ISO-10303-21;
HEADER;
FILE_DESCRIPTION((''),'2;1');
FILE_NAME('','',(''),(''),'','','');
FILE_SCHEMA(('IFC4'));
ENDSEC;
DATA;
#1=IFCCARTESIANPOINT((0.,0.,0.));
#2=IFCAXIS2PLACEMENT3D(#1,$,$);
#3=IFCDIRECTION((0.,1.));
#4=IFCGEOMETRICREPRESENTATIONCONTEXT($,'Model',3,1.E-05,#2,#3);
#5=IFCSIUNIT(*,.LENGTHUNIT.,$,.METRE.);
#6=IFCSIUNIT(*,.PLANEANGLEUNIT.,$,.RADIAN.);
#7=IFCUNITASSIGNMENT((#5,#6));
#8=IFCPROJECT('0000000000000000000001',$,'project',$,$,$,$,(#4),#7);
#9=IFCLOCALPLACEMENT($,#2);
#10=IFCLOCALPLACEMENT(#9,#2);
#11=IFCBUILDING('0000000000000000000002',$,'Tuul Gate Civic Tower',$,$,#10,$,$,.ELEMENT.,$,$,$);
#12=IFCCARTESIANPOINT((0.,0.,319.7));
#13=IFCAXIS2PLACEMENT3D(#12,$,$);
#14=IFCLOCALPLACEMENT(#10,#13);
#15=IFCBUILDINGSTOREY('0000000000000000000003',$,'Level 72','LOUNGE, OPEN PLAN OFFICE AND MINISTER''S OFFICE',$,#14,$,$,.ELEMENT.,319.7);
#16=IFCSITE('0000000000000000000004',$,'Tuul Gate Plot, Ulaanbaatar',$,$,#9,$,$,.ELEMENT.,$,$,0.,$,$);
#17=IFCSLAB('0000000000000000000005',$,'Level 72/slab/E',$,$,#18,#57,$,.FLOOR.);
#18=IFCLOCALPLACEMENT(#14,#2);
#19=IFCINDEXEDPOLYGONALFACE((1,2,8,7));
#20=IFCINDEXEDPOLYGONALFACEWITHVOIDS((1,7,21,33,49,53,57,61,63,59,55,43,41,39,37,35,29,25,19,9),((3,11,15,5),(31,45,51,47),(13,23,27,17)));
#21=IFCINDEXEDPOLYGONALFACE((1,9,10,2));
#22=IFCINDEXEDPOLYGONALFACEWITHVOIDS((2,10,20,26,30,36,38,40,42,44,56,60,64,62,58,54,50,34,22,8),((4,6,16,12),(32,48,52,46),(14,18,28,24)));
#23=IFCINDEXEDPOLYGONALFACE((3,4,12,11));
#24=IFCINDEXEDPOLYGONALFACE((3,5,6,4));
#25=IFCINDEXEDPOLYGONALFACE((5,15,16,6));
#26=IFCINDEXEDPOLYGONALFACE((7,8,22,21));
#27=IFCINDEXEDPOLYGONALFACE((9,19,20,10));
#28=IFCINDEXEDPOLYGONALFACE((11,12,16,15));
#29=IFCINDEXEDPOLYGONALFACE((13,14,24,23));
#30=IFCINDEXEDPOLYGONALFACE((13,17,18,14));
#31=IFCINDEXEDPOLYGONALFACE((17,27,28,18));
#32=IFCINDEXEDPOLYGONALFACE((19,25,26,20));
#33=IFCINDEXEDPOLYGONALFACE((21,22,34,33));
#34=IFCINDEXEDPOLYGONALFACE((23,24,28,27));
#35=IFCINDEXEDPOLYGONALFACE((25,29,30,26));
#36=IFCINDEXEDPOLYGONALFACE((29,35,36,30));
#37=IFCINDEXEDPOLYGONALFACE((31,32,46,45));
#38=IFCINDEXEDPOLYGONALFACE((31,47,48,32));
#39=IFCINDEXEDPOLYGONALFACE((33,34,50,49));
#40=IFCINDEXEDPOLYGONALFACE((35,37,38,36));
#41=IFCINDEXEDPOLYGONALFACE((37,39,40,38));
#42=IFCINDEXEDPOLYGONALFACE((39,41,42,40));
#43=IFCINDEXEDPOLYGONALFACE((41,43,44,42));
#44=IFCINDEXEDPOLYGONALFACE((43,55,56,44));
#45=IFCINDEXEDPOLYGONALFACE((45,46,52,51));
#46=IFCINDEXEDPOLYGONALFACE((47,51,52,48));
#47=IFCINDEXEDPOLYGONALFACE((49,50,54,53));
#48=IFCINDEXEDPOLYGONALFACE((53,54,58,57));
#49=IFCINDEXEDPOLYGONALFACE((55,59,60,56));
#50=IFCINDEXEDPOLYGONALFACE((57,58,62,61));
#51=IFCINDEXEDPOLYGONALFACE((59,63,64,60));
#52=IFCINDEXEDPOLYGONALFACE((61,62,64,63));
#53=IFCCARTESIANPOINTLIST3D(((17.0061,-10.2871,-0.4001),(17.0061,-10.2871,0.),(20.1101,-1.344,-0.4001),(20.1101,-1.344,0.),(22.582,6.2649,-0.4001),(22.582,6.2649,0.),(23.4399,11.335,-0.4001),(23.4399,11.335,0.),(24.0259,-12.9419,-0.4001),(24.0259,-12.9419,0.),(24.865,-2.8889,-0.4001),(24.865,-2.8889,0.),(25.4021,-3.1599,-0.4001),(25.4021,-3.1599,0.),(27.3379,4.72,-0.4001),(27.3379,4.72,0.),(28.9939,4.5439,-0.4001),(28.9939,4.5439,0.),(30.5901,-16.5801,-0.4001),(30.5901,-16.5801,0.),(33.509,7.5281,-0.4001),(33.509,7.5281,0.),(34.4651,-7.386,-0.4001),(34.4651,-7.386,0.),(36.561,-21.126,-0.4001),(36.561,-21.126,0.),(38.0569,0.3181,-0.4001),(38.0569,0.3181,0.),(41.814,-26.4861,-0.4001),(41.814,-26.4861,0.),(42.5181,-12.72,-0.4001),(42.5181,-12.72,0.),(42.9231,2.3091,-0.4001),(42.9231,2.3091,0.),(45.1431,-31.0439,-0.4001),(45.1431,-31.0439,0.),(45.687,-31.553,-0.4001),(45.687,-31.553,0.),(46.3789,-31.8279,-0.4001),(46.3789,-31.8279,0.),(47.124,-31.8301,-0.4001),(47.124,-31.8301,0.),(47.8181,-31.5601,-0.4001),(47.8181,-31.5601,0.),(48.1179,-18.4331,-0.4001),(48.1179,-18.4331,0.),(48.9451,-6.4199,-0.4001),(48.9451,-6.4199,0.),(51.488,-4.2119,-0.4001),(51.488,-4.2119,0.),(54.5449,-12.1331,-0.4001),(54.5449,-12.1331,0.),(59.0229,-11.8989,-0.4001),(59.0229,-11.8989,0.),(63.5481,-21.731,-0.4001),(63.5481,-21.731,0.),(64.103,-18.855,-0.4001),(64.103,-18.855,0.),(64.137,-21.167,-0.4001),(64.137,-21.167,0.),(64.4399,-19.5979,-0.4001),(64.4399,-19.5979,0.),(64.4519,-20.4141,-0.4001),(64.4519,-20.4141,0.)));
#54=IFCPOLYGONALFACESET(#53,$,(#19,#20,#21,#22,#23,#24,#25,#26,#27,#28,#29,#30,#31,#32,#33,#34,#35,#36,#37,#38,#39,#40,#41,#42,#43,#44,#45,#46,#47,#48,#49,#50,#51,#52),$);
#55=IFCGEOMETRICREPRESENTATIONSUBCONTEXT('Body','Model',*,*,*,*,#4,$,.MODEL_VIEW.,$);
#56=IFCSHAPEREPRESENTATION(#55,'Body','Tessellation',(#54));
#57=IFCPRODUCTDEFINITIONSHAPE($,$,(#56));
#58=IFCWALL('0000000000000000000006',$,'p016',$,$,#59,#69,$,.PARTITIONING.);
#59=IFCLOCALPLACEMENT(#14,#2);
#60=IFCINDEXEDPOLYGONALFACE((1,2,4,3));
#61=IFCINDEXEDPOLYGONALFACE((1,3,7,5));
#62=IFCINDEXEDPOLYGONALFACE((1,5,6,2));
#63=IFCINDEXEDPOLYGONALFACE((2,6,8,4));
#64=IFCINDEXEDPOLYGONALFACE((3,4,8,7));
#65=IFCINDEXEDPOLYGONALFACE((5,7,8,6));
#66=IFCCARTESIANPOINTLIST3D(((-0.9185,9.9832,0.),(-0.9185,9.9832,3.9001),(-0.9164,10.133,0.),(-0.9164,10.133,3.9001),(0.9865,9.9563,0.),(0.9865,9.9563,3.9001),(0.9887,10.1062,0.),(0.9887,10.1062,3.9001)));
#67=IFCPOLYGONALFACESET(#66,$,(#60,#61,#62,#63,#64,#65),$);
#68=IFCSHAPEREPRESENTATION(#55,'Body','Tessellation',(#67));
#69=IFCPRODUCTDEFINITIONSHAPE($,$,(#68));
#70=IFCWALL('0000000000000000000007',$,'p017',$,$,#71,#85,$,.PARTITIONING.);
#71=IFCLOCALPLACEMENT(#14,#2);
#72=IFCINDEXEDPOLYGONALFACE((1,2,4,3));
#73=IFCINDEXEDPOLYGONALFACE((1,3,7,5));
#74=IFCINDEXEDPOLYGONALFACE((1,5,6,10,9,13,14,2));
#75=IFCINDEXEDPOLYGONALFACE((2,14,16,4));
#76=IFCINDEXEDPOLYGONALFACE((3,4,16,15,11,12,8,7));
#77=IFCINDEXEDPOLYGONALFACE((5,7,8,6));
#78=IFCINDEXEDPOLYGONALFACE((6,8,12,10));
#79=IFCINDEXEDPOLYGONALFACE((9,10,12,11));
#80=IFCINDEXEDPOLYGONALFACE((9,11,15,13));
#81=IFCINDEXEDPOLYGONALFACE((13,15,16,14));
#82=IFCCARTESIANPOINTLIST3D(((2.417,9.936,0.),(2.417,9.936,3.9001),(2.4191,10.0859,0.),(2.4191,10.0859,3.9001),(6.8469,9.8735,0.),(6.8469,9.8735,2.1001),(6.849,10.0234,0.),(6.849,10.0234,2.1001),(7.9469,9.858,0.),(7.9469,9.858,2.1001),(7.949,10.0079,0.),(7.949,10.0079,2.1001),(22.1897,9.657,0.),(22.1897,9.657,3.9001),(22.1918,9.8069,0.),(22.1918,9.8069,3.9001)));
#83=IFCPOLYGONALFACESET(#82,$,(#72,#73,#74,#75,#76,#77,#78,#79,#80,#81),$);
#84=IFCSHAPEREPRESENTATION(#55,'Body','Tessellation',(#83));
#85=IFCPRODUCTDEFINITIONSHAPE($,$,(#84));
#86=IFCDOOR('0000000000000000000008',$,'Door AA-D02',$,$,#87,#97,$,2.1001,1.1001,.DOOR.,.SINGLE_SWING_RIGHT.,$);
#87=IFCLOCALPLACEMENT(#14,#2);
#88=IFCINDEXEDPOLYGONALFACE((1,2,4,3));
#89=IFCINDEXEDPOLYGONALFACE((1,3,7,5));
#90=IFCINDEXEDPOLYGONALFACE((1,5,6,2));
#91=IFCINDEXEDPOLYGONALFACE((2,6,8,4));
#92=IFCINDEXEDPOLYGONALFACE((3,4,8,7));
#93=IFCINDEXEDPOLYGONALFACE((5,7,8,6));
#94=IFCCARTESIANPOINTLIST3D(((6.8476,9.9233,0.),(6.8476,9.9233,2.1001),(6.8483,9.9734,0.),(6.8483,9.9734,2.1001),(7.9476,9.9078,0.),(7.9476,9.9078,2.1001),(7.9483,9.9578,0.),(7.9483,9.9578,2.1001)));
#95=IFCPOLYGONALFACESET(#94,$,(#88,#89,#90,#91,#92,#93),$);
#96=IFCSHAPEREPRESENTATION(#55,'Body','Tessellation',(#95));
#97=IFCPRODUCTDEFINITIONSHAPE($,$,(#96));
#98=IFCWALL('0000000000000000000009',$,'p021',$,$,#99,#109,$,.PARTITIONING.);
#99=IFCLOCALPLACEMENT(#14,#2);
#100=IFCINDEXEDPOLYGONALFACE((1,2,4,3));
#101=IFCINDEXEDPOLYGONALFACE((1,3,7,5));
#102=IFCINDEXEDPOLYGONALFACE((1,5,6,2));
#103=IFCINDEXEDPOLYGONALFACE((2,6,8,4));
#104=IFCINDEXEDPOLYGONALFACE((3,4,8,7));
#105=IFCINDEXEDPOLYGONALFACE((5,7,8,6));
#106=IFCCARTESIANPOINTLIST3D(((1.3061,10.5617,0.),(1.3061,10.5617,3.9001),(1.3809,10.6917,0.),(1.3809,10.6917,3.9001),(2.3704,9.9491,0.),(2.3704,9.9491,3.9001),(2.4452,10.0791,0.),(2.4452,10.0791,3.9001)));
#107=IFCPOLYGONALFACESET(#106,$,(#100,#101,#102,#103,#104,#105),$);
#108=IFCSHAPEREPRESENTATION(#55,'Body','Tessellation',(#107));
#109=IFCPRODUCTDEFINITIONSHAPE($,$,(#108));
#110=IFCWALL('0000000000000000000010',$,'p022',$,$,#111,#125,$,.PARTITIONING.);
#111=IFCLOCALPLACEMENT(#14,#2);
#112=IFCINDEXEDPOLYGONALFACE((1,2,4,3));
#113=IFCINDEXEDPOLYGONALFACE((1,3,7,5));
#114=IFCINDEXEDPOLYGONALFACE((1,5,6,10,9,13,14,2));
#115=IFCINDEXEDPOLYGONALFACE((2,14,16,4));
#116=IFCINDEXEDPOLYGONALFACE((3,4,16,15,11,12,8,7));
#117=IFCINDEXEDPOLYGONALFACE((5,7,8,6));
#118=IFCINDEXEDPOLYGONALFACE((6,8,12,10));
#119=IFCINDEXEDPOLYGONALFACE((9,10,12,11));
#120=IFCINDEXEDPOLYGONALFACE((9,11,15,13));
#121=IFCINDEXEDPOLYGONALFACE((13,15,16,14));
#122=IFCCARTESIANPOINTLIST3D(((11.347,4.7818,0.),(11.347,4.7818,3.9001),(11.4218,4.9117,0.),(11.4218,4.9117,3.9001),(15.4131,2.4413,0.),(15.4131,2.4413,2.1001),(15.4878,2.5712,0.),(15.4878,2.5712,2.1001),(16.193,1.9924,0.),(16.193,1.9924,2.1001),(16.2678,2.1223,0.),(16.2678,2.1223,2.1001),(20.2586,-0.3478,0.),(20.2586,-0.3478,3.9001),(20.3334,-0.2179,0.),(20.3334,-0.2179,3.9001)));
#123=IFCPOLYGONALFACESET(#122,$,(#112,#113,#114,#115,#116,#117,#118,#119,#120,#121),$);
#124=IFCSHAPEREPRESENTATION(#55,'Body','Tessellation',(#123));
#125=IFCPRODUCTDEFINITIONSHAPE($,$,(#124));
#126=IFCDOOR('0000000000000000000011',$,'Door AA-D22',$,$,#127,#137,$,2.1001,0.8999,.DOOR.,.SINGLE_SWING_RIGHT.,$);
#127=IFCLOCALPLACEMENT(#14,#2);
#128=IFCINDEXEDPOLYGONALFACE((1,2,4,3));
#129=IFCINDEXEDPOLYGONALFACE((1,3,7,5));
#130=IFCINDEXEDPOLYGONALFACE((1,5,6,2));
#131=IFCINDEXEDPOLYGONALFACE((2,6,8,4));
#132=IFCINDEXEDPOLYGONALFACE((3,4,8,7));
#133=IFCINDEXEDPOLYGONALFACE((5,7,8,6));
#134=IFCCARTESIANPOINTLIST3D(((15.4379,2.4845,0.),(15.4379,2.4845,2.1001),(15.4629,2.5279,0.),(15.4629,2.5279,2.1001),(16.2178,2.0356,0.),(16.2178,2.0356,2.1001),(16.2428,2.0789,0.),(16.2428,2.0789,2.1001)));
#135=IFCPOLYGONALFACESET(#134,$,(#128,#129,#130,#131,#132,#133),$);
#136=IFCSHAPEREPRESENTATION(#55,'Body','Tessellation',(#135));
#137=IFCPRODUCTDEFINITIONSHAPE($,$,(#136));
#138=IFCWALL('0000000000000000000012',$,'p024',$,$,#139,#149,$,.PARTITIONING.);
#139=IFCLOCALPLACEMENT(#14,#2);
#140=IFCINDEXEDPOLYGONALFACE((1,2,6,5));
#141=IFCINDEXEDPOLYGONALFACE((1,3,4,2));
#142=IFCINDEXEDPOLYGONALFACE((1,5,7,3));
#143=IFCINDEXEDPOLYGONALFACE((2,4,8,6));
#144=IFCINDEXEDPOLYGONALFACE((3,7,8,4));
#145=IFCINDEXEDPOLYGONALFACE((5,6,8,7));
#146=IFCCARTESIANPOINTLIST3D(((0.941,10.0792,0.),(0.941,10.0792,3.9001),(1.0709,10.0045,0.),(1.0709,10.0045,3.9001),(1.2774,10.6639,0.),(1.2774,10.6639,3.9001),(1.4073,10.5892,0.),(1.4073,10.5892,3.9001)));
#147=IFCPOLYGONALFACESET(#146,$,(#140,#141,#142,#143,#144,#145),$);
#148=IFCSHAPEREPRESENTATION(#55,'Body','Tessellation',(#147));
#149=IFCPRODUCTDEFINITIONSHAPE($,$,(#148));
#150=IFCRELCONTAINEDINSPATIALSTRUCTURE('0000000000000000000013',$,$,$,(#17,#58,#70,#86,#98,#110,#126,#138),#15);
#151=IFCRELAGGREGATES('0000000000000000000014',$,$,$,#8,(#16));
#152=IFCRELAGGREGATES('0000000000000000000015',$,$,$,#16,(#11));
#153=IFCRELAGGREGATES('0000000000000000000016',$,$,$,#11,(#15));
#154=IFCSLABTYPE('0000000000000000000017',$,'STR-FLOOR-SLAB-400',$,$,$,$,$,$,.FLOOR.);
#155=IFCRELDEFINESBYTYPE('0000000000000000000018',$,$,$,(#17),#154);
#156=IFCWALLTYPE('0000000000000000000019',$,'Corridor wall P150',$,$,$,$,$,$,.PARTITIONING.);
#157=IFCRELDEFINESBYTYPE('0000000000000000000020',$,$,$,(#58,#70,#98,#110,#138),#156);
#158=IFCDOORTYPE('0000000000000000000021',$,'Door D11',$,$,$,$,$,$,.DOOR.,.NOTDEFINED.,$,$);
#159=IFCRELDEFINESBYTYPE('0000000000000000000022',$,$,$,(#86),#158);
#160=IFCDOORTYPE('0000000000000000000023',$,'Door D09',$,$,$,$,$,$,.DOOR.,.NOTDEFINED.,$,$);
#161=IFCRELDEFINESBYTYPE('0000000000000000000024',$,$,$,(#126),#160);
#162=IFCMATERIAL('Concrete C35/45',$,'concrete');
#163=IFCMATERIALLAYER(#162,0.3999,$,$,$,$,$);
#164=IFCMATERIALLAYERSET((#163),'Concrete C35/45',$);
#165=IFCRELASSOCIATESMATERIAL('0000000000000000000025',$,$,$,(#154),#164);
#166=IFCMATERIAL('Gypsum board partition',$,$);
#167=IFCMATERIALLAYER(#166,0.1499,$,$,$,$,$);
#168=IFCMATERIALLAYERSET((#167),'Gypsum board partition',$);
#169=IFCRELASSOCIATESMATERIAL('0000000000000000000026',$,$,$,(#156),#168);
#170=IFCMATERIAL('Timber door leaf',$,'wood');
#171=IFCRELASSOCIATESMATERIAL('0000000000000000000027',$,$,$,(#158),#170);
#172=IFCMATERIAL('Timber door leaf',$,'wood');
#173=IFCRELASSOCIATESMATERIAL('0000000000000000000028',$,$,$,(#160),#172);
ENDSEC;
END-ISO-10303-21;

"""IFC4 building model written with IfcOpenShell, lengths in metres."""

from ifc_helpers import new_model, si_unit, direction, frame, frame_2d, origin, place, context, subcontext, project, spatial, polyline, rectangle, outline, extrude, material, layer, layer_set, type_object, element, fill, save


model = new_model("IFC4")

# Units and contexts
model_context = context("Model", 3, precision=1e-05, world=origin(), true_north=direction((0.0, 1.0)))
body_context = subcontext(model_context, "Body", "Model", "MODEL_VIEW")
ifc_project = project(units=[si_unit("LENGTHUNIT", "METRE"), si_unit("PLANEANGLEUNIT", "RADIAN")], contexts=[model_context])

# Site, building, storey
site_placement = place(None, origin())
site = spatial("IfcSite", under=ifc_project, at=site_placement, Name="Tuul Gate Plot, Ulaanbaatar", CompositionType="ELEMENT", RefElevation=0.0)
building_placement = place(site_placement, origin())
building = spatial("IfcBuilding", under=site, at=building_placement, Name="Tuul Gate Civic Tower", CompositionType="ELEMENT")
storey_placement = place(building_placement, frame((0.0, 0.0, 319.7)))
storey = spatial("IfcBuildingStorey", under=building, at=storey_placement, Name="Level 72", Description="LOUNGE, OPEN PLAN OFFICE AND MINISTER'S OFFICE", CompositionType="ELEMENT", Elevation=319.7)

# Slab
ifc_material_1 = material(Name="Concrete C35/45", Category="concrete")
ifc_layer_1 = layer(ifc_material_1, 0.3999)
ifc_layer_set_1 = layer_set([ifc_layer_1], Name="Concrete C35/45")
slab_type_1 = type_object("IfcSlabType", Name="STR-FLOOR-SLAB-400", PredefinedType="FLOOR", material=ifc_layer_set_1)
slab_1_placement = place(storey_placement, frame((0.0, 0.0, -0.4001)))
element("IfcSlab", 1, at=slab_1_placement, inside=storey, type_object=slab_type_1, Name="Level 72/slab/E", PredefinedType="FLOOR", context=body_context, shape_type="SweptSolid", body=[
    extrude(outline(polyline([(47.124, -31.8301), (47.8181, -31.5601), (63.5481, -21.731), (64.137, -21.167), (64.4519, -20.4141), (64.4399, -19.5979), (64.103, -18.855), (59.0229, -11.8989), (51.488, -4.2119), (42.9231, 2.3091), (33.509, 7.5281), (23.4399, 11.335), (17.0061, -10.2871), (24.0259, -12.9419), (30.5901, -16.5801), (36.561, -21.126), (41.814, -26.4861), (45.1431, -31.0439), (45.687, -31.553), (46.3789, -31.8279), (47.124, -31.8301)]), holes=[polyline([(48.1179, -18.4331), (42.5181, -12.72), (48.9451, -6.4199), (54.5449, -12.1331), (48.1179, -18.4331)]), polyline([(25.4021, -3.1599), (28.9939, 4.5439), (38.0569, 0.3181), (34.4651, -7.386), (25.4021, -3.1599)]), polyline([(20.1101, -1.344), (22.582, 6.2649), (27.3379, 4.72), (24.865, -2.8889), (20.1101, -1.344)])]), origin(), (0.0, 0.0, 1.0), 0.4001),
])

# Wall
ifc_material_2 = material(Name="Gypsum board partition")
ifc_layer_2 = layer(ifc_material_2, 0.1499)
ifc_layer_set_2 = layer_set([ifc_layer_2], Name="Gypsum board partition")
wall_type_1 = type_object("IfcWallType", Name="Corridor wall P150", PredefinedType="PARTITIONING", material=ifc_layer_set_2)
wall_1_placement = place(storey_placement, frame((-0.9175, 10.0581, 0.0), z_axis=(0.0, 0.0, 1.0), x_axis=(0.999901, -0.014096, 0.0)))
element("IfcWall", 2, at=wall_1_placement, inside=storey, type_object=wall_type_1, Name="p016", PredefinedType="PARTITIONING", context=body_context, shape_type="SweptSolid", body=[
    extrude(rectangle(XDim=1.9053, YDim=0.1499, at=frame_2d((0.9526, 0.0))), origin(), (0.0, 0.0, 1.0), 3.9001),
])

# Wall, opening, door
wall_2_placement = place(storey_placement, frame((2.4182, 10.011, 0.0), z_axis=(0.0, 0.0, 1.0), x_axis=(0.9999, -0.014112, 0.0)))
wall_2 = element("IfcWall", 3, at=wall_2_placement, inside=storey, type_object=wall_type_1, Name="p017", PredefinedType="PARTITIONING", context=body_context, shape_type="SweptSolid", body=[
    extrude(rectangle(XDim=19.7747, YDim=0.1499, at=frame_2d((9.8872, 0.0))), origin(), (0.0, 0.0, 1.0), 3.9001),
])
opening_1_placement = place(wall_2_placement, frame((4.4302, 0.0, 0.0)))
opening_1 = element("IfcOpeningElement", 4, at=opening_1_placement, cuts=wall_2, PredefinedType="OPENING", context=body_context, shape_type="SweptSolid", body=[
    extrude(rectangle(XDim=1.1001, YDim=2.1001, at=frame_2d((0.55, 1.05))), frame((0.0, 0.085, 0.0), z_axis=(0.0, -1.0, 0.0), x_axis=(1.0, 0.0, 0.0)), (0.0, 0.0, 1.0), 0.1699),
])
ifc_material_3 = material(Name="Timber door leaf", Category="wood")
door_type_1 = type_object("IfcDoorType", Name="Door D11", OperationType="NOTDEFINED", PredefinedType="DOOR", material=ifc_material_3)
door_1_placement = place(opening_1_placement, origin())
door_1 = element("IfcDoor", 5, at=door_1_placement, inside=storey, type_object=door_type_1, Name="Door AA-D02", OperationType="SINGLE_SWING_RIGHT", OverallHeight=2.1001, OverallWidth=1.1001, PredefinedType="DOOR", context=body_context, shape_type="SweptSolid", body=[
    extrude(rectangle(XDim=1.1001, YDim=2.1001, at=frame_2d((0.55, 1.05))), frame((0.0, 0.0249, 0.0), z_axis=(0.0, -1.0, 0.0), x_axis=(1.0, 0.0, 0.0)), (0.0, 0.0, 1.0), 0.05),
])
fill(opening_1, door_1)

# Wall
wall_3_placement = place(storey_placement, frame((1.3435, 10.6267, 0.0), z_axis=(0.0, 0.0, 1.0), x_axis=(0.866685, -0.498856, 0.0)))
element("IfcWall", 6, at=wall_3_placement, inside=storey, type_object=wall_type_1, Name="p021", PredefinedType="PARTITIONING", context=body_context, shape_type="SweptSolid", body=[
    extrude(rectangle(XDim=1.228, YDim=0.1499, at=frame_2d((0.614, 0.0))), origin(), (0.0, 0.0, 1.0), 3.9001),
])

# Wall, opening, door
wall_4_placement = place(storey_placement, frame((11.3845, 4.8467, 0.0), z_axis=(0.0, 0.0, 1.0), x_axis=(0.866677, -0.49887, 0.0)))
wall_4 = element("IfcWall", 7, at=wall_4_placement, inside=storey, type_object=wall_type_1, Name="p022", PredefinedType="PARTITIONING", context=body_context, shape_type="SweptSolid", body=[
    extrude(rectangle(XDim=10.2825, YDim=0.1499, at=frame_2d((5.1411, 0.0))), origin(), (0.0, 0.0, 1.0), 3.9001),
])
opening_2_placement = place(wall_4_placement, frame((4.6914, 0.0, 0.0)))
opening_2 = element("IfcOpeningElement", 8, at=opening_2_placement, cuts=wall_4, PredefinedType="OPENING", context=body_context, shape_type="SweptSolid", body=[
    extrude(rectangle(XDim=0.8999, YDim=2.1001, at=frame_2d((0.45, 1.05))), frame((0.0, 0.085, 0.0), z_axis=(0.0, -1.0, 0.0), x_axis=(1.0, 0.0, 0.0)), (0.0, 0.0, 1.0), 0.1699),
])
ifc_material_4 = material(Name="Timber door leaf", Category="wood")
door_type_2 = type_object("IfcDoorType", Name="Door D09", OperationType="NOTDEFINED", PredefinedType="DOOR", material=ifc_material_4)
door_2_placement = place(opening_2_placement, origin())
door_2 = element("IfcDoor", 9, at=door_2_placement, inside=storey, type_object=door_type_2, Name="Door AA-D22", OperationType="SINGLE_SWING_RIGHT", OverallHeight=2.1001, OverallWidth=0.8999, PredefinedType="DOOR", context=body_context, shape_type="SweptSolid", body=[
    extrude(rectangle(XDim=0.8999, YDim=2.1001, at=frame_2d((0.45, 1.05))), frame((0.0, 0.0249, 0.0), z_axis=(0.0, -1.0, 0.0), x_axis=(1.0, 0.0, 0.0)), (0.0, 0.0, 1.0), 0.05),
])
fill(opening_2, door_2)

# Wall
wall_5_placement = place(storey_placement, frame((1.0059, 10.0417, 0.0), z_axis=(0.0, 0.0, 1.0), x_axis=(0.498709, 0.866769, 0.0)))
element("IfcWall", 10, at=wall_5_placement, inside=storey, type_object=wall_type_1, Name="p024", PredefinedType="PARTITIONING", context=body_context, shape_type="SweptSolid", body=[
    extrude(rectangle(XDim=0.6746, YDim=0.1499, at=frame_2d((0.3374, 0.0))), origin(), (0.0, 0.0, 1.0), 3.9001),
])

save(model, "model.ifc")
